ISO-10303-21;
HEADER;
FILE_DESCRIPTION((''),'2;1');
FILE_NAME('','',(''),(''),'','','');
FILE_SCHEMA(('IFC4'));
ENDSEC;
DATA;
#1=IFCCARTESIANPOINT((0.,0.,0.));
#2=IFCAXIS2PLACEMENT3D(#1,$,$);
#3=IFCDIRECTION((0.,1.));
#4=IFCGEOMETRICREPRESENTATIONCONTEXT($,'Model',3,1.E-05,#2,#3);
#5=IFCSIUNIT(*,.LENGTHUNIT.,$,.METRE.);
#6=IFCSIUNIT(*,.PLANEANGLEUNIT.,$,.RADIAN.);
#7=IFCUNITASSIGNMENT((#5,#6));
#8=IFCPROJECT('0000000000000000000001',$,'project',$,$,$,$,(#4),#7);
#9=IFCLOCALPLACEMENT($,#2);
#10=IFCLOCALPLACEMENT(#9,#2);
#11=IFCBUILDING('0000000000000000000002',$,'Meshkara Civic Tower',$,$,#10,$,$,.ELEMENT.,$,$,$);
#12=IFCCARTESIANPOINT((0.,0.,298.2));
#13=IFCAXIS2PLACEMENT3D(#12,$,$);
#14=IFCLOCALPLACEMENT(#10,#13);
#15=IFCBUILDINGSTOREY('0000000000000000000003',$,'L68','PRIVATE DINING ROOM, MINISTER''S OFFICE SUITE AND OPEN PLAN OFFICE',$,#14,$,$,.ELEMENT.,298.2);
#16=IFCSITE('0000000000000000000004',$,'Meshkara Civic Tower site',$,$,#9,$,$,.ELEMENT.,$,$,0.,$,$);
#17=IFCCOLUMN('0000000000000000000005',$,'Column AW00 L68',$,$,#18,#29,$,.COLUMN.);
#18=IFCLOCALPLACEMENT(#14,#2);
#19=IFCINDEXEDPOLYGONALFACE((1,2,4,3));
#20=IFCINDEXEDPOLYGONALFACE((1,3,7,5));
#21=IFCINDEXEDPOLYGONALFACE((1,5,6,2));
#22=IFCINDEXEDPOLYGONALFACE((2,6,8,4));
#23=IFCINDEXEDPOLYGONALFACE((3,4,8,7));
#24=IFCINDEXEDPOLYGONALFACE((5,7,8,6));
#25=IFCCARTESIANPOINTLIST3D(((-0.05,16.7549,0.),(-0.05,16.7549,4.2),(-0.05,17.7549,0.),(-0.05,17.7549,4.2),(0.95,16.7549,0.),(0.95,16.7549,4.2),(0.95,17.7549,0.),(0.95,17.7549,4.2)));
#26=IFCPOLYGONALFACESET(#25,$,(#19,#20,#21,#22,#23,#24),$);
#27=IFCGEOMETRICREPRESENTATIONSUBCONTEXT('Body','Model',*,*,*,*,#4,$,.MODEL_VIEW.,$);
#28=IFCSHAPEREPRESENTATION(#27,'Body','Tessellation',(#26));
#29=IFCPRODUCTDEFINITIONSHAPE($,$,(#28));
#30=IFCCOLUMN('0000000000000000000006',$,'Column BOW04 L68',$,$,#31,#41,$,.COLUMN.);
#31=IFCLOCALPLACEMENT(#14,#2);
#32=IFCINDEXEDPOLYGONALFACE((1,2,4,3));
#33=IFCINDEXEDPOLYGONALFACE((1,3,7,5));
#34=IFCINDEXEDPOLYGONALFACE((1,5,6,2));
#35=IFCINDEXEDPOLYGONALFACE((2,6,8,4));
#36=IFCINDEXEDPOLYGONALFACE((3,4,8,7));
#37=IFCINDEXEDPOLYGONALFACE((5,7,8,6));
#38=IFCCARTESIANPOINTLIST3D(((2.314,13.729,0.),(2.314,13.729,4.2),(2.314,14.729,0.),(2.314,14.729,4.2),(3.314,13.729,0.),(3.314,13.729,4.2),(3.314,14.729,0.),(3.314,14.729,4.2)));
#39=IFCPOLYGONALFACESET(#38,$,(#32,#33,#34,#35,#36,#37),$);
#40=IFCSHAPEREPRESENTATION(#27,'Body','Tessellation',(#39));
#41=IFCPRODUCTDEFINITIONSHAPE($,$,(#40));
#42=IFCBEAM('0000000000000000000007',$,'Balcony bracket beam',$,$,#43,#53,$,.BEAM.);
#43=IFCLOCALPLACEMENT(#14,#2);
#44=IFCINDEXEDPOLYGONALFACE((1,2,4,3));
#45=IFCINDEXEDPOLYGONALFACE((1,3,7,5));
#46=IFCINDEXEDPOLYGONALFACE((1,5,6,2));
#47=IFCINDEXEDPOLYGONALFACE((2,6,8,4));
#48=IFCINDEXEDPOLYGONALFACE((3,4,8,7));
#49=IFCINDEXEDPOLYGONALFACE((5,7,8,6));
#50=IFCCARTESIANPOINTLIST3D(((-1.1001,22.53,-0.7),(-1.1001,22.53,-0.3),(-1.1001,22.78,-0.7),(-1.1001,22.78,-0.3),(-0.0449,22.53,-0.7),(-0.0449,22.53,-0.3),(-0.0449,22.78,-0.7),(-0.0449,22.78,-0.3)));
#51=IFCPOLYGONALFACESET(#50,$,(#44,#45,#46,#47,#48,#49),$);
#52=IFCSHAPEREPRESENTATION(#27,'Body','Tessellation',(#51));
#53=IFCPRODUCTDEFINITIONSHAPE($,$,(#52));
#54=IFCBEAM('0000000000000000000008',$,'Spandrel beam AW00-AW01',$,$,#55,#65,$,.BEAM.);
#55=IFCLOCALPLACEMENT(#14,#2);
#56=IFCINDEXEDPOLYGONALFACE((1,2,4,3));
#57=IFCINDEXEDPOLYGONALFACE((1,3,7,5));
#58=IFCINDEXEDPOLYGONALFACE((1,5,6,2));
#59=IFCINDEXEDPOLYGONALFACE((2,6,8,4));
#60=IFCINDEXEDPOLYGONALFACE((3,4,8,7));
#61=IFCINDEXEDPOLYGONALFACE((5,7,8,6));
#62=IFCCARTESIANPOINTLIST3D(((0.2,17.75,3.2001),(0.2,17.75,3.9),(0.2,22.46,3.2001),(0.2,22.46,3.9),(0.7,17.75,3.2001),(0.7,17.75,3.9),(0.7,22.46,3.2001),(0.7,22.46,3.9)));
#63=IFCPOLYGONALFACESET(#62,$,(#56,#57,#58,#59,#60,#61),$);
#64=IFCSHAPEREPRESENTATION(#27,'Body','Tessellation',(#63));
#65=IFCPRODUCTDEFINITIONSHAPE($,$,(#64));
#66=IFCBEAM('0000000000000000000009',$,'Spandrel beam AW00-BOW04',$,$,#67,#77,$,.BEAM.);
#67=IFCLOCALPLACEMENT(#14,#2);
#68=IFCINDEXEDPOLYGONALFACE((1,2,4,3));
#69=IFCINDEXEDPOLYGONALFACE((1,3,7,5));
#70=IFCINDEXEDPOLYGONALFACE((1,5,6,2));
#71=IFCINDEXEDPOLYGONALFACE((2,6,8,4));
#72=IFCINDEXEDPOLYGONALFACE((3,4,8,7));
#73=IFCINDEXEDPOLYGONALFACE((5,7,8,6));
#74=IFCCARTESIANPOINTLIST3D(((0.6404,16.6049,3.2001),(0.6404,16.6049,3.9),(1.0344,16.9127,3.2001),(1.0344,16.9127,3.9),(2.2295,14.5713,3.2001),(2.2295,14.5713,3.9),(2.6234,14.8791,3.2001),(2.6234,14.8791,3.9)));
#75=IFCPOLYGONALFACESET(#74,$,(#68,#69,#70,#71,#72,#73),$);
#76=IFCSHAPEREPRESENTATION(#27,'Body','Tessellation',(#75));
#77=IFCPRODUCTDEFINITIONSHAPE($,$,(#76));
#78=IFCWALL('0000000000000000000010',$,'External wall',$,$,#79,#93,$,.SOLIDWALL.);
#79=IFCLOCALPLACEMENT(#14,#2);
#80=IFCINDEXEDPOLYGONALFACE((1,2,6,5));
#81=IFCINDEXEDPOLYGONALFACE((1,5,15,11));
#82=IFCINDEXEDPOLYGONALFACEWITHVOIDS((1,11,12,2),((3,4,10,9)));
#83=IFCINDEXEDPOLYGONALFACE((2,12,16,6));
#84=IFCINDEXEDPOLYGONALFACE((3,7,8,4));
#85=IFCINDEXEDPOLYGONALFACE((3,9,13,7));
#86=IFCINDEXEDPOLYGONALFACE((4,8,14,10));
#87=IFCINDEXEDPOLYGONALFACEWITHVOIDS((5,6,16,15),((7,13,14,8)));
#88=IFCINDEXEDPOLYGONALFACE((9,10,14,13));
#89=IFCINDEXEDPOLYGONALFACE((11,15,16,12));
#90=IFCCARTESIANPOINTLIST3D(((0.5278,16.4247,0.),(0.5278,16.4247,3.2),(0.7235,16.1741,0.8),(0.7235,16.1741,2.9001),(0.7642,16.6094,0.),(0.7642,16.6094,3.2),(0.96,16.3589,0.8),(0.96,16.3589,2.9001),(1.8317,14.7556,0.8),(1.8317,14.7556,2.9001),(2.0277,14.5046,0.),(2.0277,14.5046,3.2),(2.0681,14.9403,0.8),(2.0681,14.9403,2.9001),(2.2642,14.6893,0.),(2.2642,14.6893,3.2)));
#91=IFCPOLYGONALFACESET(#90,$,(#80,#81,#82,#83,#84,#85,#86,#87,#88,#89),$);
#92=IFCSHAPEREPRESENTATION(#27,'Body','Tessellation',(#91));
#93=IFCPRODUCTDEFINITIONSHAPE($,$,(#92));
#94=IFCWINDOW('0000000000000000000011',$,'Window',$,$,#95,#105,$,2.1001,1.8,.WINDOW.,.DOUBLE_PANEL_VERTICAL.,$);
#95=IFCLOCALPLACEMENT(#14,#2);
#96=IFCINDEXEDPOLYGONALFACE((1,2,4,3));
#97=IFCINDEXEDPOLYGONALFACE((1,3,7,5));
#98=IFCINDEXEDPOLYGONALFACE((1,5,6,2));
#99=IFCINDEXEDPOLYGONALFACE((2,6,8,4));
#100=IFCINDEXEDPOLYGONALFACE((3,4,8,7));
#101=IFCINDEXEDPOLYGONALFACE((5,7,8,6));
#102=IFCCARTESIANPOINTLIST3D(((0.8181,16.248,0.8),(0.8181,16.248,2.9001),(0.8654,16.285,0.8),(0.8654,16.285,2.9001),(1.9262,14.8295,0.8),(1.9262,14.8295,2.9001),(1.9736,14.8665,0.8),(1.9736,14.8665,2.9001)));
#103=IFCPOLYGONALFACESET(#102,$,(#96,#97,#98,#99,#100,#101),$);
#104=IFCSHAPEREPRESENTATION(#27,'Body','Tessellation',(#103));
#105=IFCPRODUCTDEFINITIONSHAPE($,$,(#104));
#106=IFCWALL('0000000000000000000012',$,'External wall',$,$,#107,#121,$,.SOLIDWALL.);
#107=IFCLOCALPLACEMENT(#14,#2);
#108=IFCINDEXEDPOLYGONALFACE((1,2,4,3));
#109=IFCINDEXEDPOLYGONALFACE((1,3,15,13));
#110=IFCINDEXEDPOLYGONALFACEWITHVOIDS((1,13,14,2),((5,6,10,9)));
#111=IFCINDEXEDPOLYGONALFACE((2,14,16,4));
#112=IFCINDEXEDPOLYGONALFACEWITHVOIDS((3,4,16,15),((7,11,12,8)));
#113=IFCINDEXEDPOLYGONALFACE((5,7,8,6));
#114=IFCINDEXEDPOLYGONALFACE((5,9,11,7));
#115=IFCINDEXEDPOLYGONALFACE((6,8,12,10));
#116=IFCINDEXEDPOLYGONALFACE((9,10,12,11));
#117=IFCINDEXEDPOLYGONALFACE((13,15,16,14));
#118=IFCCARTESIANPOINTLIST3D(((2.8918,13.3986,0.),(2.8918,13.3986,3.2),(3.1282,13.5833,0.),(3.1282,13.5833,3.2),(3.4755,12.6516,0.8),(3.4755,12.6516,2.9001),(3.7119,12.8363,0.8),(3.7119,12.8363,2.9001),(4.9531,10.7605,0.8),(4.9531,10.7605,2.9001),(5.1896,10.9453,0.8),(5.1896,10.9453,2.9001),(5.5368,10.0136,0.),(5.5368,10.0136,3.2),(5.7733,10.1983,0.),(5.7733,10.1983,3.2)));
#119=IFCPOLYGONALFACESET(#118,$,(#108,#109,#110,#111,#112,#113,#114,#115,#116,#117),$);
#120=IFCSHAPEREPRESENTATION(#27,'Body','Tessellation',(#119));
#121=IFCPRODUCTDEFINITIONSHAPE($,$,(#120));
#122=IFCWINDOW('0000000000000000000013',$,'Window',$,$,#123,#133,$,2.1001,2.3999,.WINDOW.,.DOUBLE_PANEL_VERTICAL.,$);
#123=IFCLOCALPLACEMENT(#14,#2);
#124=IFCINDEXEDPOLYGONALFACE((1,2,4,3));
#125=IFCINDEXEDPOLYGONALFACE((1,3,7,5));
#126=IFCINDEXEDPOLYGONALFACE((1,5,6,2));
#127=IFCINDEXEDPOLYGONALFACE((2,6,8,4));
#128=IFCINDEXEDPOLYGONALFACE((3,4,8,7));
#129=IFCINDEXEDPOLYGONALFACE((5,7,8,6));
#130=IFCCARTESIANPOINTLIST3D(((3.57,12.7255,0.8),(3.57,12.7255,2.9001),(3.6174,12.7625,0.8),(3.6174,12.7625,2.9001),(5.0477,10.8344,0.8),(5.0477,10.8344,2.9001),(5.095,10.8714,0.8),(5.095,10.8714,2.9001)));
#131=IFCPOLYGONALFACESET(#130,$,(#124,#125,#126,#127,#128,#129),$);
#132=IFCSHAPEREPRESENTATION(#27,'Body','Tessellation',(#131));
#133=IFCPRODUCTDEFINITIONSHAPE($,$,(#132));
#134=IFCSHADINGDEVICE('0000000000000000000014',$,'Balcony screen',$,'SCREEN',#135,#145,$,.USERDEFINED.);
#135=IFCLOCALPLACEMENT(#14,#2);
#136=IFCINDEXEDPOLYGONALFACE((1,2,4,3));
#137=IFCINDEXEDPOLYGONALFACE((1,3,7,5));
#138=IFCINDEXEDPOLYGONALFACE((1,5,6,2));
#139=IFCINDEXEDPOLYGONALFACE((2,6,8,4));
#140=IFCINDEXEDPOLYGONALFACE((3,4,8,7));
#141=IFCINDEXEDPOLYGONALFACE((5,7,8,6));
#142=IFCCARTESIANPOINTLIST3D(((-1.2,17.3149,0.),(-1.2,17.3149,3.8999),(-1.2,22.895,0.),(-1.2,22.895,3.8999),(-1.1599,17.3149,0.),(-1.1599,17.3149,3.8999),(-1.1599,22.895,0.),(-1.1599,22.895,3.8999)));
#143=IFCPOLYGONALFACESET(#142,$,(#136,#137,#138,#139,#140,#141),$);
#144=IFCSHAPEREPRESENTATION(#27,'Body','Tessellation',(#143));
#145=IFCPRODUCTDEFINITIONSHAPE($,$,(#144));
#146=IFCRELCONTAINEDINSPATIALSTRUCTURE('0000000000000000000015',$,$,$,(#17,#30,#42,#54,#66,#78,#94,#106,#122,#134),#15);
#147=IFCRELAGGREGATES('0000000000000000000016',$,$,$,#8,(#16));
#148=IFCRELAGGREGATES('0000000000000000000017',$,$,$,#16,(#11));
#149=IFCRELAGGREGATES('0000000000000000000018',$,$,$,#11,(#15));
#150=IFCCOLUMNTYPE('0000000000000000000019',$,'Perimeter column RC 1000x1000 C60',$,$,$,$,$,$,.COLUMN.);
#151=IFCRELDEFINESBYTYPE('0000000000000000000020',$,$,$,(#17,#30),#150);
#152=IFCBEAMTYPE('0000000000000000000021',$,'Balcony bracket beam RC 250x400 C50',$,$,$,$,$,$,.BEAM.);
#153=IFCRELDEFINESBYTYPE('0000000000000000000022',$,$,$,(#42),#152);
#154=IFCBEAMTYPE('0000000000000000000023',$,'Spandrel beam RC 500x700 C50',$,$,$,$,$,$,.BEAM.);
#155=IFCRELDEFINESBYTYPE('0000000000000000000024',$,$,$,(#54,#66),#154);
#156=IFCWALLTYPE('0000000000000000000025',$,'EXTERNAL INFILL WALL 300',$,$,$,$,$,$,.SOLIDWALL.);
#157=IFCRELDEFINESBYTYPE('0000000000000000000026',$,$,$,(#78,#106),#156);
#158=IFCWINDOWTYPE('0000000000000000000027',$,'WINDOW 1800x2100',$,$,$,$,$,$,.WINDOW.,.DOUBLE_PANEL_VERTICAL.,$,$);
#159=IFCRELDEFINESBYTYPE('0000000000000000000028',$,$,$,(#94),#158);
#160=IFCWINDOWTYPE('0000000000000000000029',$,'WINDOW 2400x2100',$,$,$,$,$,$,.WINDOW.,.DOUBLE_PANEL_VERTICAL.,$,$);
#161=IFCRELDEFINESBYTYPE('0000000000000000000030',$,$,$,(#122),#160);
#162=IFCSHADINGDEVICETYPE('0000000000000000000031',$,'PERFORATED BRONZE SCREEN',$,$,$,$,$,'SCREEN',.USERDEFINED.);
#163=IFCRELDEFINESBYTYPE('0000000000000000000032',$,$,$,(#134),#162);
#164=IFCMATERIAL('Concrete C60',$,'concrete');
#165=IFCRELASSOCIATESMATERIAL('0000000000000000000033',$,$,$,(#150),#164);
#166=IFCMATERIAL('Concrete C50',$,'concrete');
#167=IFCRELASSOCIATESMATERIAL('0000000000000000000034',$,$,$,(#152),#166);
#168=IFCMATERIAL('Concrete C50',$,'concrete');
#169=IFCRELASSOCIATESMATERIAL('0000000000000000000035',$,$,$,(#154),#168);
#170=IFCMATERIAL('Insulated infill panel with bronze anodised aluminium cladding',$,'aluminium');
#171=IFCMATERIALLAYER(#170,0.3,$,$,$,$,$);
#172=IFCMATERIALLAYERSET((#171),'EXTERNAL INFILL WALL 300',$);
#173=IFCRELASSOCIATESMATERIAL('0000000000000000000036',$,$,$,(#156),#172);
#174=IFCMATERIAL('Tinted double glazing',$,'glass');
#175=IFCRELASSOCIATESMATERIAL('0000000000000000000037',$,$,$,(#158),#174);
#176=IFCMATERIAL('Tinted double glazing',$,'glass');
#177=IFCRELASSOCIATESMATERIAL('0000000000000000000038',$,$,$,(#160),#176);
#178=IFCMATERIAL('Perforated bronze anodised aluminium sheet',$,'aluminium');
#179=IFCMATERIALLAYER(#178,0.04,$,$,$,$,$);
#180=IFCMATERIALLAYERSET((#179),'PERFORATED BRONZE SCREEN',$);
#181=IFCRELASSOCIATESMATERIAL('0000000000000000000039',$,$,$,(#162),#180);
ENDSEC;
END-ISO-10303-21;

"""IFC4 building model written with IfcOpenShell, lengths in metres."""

from ifc_helpers import new_model, si_unit, direction, frame, frame_2d, origin, origin_2d, place, context, subcontext, project, spatial, rectangle, extrude, material, layer, layer_set, material_profile, profile_set, type_object, element, fill, save


model = new_model("IFC4")

# Units and contexts
model_context = context("Model", 3, precision=1e-05, world=origin(), true_north=direction((0.0, 1.0)))
body_context = subcontext(model_context, "Body", "Model", "MODEL_VIEW")
ifc_project = project(units=[si_unit("LENGTHUNIT", "METRE"), si_unit("PLANEANGLEUNIT", "RADIAN")], contexts=[model_context])

# Site, building, storey
site_placement = place(None, origin())
site = spatial("IfcSite", under=ifc_project, at=site_placement, Name="Meshkara Civic Tower site", CompositionType="ELEMENT", RefElevation=0.0)
building_placement = place(site_placement, origin())
building = spatial("IfcBuilding", under=site, at=building_placement, Name="Meshkara Civic Tower", CompositionType="ELEMENT")
storey_placement = place(building_placement, frame((0.0, 0.0, 298.2)))
storey = spatial("IfcBuildingStorey", under=building, at=storey_placement, Name="L68", Description="PRIVATE DINING ROOM, MINISTER'S OFFICE SUITE AND OPEN PLAN OFFICE", CompositionType="ELEMENT", Elevation=298.2)

# Columns
ifc_material_1 = material(Name="Concrete C60", Category="concrete")
ifc_material_profile_1 = material_profile(ifc_material_1, rectangle(XDim=1.0, YDim=1.0, at=origin_2d()))
ifc_profile_set_1 = profile_set([ifc_material_profile_1], Name="Concrete C60")
column_type = type_object("IfcColumnType", Name="Perimeter column RC 1000x1000 C60", PredefinedType="COLUMN", material=ifc_profile_set_1)
for number, where, z_axis, x_axis, name in (
    (1, (0.45, 17.2549, 0.0), (0.0, 0.0, 1.0), (1.0, 0.0, 0.0), "Column AW00 L68"),
    (2, (2.814, 14.229, 0.0), (0.0, 0.0, 1.0), (1.0, 0.0, 0.0), "Column BOW04 L68"),
):
    element("IfcColumn", number, at=place(storey_placement, frame(where, z_axis=z_axis, x_axis=x_axis)), inside=storey, type_object=column_type, Name=name, PredefinedType="COLUMN", context=body_context, shape_type="SweptSolid", body=[
        extrude(rectangle(XDim=1.0, YDim=1.0, at=origin_2d()), origin(), (0.0, 0.0, 1.0), 4.2),
    ])

# Beams
ifc_material_2 = material(Name="Concrete C50", Category="concrete")
ifc_material_profile_2 = material_profile(ifc_material_2, rectangle(XDim=0.25, YDim=0.3999, at=origin_2d()))
ifc_profile_set_2 = profile_set([ifc_material_profile_2], Name="Concrete C50")
beam_type_1 = type_object("IfcBeamType", Name="Balcony bracket beam RC 250x400 C50", PredefinedType="BEAM", material=ifc_profile_set_2)
beam_1_placement = place(storey_placement, frame((-0.0449, 22.655, -0.5), z_axis=(-1.0, 0.0, 0.0), x_axis=(0.0, -1.0, 0.0)))
element("IfcBeam", 3, at=beam_1_placement, inside=storey, type_object=beam_type_1, Name="Balcony bracket beam", PredefinedType="BEAM", context=body_context, shape_type="SweptSolid", body=[
    extrude(rectangle(XDim=0.25, YDim=0.3999, at=origin_2d()), origin(), (0.0, 0.0, 1.0), 1.0552),
])
ifc_material_3 = material(Name="Concrete C50", Category="concrete")
ifc_material_profile_3 = material_profile(ifc_material_3, rectangle(XDim=0.5, YDim=0.7, at=origin_2d()))
ifc_profile_set_3 = profile_set([ifc_material_profile_3], Name="Concrete C50")
beam_type_2 = type_object("IfcBeamType", Name="Spandrel beam RC 500x700 C50", PredefinedType="BEAM", material=ifc_profile_set_3)
beam_2_placement = place(storey_placement, frame((0.45, 22.46, 3.55), z_axis=(0.0, -1.0, 0.0), x_axis=(1.0, 0.0, 0.0)))
element("IfcBeam", 4, at=beam_2_placement, inside=storey, type_object=beam_type_2, Name="Spandrel beam AW00-AW01", PredefinedType="BEAM", context=body_context, shape_type="SweptSolid", body=[
    extrude(rectangle(XDim=0.5, YDim=0.7, at=origin_2d()), origin(), (0.0, 0.0, 1.0), 4.71),
])
beam_3_placement = place(storey_placement, frame((0.8374, 16.7588, 3.55), z_axis=(0.615714, -0.78797, 0.0), x_axis=(0.78797, 0.615714, 0.0)))
element("IfcBeam", 5, at=beam_3_placement, inside=storey, type_object=beam_type_2, Name="Spandrel beam AW00-BOW04", PredefinedType="BEAM", context=body_context, shape_type="SweptSolid", body=[
    extrude(rectangle(XDim=0.5, YDim=0.7, at=origin_2d()), origin(), (0.0, 0.0, 1.0), 2.5808),
])

# Walls, openings, windows
ifc_material_4 = material(Name="Insulated infill panel with bronze anodised aluminium cladding", Category="aluminium")
ifc_layer_1 = layer(ifc_material_4, 0.3)
ifc_layer_set_1 = layer_set([ifc_layer_1], Name="EXTERNAL INFILL WALL 300")
wall_type_1 = type_object("IfcWallType", Name="EXTERNAL INFILL WALL 300", PredefinedType="SOLIDWALL", material=ifc_layer_set_1)
wall_1_placement = place(storey_placement, frame((0.646, 16.5171, 0.0), z_axis=(0.0, 0.0, 1.0), x_axis=(0.615611, -0.78805, 0.0)))
wall_1 = element("IfcWall", 6, at=wall_1_placement, inside=storey, type_object=wall_type_1, Name="External wall", PredefinedType="SOLIDWALL", context=body_context, shape_type="SweptSolid", body=[
    extrude(rectangle(XDim=2.4365, YDim=0.3, at=frame_2d((1.2183, 0.0))), origin(), (0.0, 0.0, 1.0), 3.2),
])
opening_1_placement = place(wall_1_placement, frame((0.3181, 0.0, 0.8)))
opening_1 = element("IfcOpeningElement", 7, at=opening_1_placement, cuts=wall_1, PredefinedType="OPENING", context=body_context, shape_type="SweptSolid", body=[
    extrude(rectangle(XDim=1.8, YDim=2.1001, at=frame_2d((0.8999, 1.05))), frame((0.0, 0.1599, 0.0), z_axis=(0.0, -1.0, 0.0), x_axis=(1.0, 0.0, 0.0)), (0.0, 0.0, 1.0), 0.3201),
])
ifc_material_5 = material(Name="Tinted double glazing", Category="glass")
window_type_1 = type_object("IfcWindowType", Name="WINDOW 1800x2100", PartitioningType="DOUBLE_PANEL_VERTICAL", PredefinedType="WINDOW", material=ifc_material_5)
window_1_placement = place(opening_1_placement, origin())
window_1 = element("IfcWindow", 8, at=window_1_placement, inside=storey, type_object=window_type_1, Name="Window", OverallHeight=2.1001, OverallWidth=1.8, PartitioningType="DOUBLE_PANEL_VERTICAL", PredefinedType="WINDOW", context=body_context, shape_type="SweptSolid", body=[
    extrude(rectangle(XDim=1.8, YDim=2.1001, at=frame_2d((0.8999, 1.05))), frame((0.0, 0.03, 0.0), z_axis=(0.0, -1.0, 0.0), x_axis=(1.0, 0.0, 0.0)), (0.0, 0.0, 1.0), 0.0601),
])
fill(opening_1, window_1)
wall_2_placement = place(storey_placement, frame((3.01, 13.491, 0.0), z_axis=(0.0, 0.0, 1.0), x_axis=(0.615714, -0.78797, 0.0)))
wall_2 = element("IfcWall", 9, at=wall_2_placement, inside=storey, type_object=wall_type_1, Name="External wall", PredefinedType="SOLIDWALL", context=body_context, shape_type="SweptSolid", body=[
    extrude(rectangle(XDim=4.2959, YDim=0.3, at=frame_2d((2.1479, 0.0))), origin(), (0.0, 0.0, 1.0), 3.2),
])
opening_2_placement = place(wall_2_placement, frame((0.948, 0.0, 0.8)))
opening_2 = element("IfcOpeningElement", 10, at=opening_2_placement, cuts=wall_2, PredefinedType="OPENING", context=body_context, shape_type="SweptSolid", body=[
    extrude(rectangle(XDim=2.3999, YDim=2.1001, at=frame_2d((1.2, 1.05))), frame((0.0, 0.1599, 0.0), z_axis=(0.0, -1.0, 0.0), x_axis=(1.0, 0.0, 0.0)), (0.0, 0.0, 1.0), 0.3201),
])
ifc_material_6 = material(Name="Tinted double glazing", Category="glass")
window_type_2 = type_object("IfcWindowType", Name="WINDOW 2400x2100", PartitioningType="DOUBLE_PANEL_VERTICAL", PredefinedType="WINDOW", material=ifc_material_6)
window_2_placement = place(opening_2_placement, origin())
window_2 = element("IfcWindow", 11, at=window_2_placement, inside=storey, type_object=window_type_2, Name="Window", OverallHeight=2.1001, OverallWidth=2.3999, PartitioningType="DOUBLE_PANEL_VERTICAL", PredefinedType="WINDOW", context=body_context, shape_type="SweptSolid", body=[
    extrude(rectangle(XDim=2.3999, YDim=2.1001, at=frame_2d((1.2, 1.05))), frame((0.0, 0.03, 0.0), z_axis=(0.0, -1.0, 0.0), x_axis=(1.0, 0.0, 0.0)), (0.0, 0.0, 1.0), 0.0601),
])
fill(opening_2, window_2)

# Shading device
ifc_material_7 = material(Name="Perforated bronze anodised aluminium sheet", Category="aluminium")
ifc_layer_2 = layer(ifc_material_7, 0.04)
ifc_layer_set_2 = layer_set([ifc_layer_2], Name="PERFORATED BRONZE SCREEN")
shading_device_type = type_object("IfcShadingDeviceType", Name="PERFORATED BRONZE SCREEN", ElementType="SCREEN", PredefinedType="USERDEFINED", material=ifc_layer_set_2)
shading_device_placement = place(storey_placement, frame((-1.1799, 20.105, 0.0), z_axis=(0.0, 0.0, 1.0), x_axis=(0.0, -1.0, 0.0)))
element("IfcShadingDevice", 12, at=shading_device_placement, inside=storey, type_object=shading_device_type, Name="Balcony screen", ObjectType="SCREEN", PredefinedType="USERDEFINED", context=body_context, shape_type="SweptSolid", body=[
    extrude(rectangle(XDim=5.5801, YDim=0.04, at=origin_2d()), origin(), (0.0, 0.0, 1.0), 3.8999),
])

save(model, "model.ifc")
